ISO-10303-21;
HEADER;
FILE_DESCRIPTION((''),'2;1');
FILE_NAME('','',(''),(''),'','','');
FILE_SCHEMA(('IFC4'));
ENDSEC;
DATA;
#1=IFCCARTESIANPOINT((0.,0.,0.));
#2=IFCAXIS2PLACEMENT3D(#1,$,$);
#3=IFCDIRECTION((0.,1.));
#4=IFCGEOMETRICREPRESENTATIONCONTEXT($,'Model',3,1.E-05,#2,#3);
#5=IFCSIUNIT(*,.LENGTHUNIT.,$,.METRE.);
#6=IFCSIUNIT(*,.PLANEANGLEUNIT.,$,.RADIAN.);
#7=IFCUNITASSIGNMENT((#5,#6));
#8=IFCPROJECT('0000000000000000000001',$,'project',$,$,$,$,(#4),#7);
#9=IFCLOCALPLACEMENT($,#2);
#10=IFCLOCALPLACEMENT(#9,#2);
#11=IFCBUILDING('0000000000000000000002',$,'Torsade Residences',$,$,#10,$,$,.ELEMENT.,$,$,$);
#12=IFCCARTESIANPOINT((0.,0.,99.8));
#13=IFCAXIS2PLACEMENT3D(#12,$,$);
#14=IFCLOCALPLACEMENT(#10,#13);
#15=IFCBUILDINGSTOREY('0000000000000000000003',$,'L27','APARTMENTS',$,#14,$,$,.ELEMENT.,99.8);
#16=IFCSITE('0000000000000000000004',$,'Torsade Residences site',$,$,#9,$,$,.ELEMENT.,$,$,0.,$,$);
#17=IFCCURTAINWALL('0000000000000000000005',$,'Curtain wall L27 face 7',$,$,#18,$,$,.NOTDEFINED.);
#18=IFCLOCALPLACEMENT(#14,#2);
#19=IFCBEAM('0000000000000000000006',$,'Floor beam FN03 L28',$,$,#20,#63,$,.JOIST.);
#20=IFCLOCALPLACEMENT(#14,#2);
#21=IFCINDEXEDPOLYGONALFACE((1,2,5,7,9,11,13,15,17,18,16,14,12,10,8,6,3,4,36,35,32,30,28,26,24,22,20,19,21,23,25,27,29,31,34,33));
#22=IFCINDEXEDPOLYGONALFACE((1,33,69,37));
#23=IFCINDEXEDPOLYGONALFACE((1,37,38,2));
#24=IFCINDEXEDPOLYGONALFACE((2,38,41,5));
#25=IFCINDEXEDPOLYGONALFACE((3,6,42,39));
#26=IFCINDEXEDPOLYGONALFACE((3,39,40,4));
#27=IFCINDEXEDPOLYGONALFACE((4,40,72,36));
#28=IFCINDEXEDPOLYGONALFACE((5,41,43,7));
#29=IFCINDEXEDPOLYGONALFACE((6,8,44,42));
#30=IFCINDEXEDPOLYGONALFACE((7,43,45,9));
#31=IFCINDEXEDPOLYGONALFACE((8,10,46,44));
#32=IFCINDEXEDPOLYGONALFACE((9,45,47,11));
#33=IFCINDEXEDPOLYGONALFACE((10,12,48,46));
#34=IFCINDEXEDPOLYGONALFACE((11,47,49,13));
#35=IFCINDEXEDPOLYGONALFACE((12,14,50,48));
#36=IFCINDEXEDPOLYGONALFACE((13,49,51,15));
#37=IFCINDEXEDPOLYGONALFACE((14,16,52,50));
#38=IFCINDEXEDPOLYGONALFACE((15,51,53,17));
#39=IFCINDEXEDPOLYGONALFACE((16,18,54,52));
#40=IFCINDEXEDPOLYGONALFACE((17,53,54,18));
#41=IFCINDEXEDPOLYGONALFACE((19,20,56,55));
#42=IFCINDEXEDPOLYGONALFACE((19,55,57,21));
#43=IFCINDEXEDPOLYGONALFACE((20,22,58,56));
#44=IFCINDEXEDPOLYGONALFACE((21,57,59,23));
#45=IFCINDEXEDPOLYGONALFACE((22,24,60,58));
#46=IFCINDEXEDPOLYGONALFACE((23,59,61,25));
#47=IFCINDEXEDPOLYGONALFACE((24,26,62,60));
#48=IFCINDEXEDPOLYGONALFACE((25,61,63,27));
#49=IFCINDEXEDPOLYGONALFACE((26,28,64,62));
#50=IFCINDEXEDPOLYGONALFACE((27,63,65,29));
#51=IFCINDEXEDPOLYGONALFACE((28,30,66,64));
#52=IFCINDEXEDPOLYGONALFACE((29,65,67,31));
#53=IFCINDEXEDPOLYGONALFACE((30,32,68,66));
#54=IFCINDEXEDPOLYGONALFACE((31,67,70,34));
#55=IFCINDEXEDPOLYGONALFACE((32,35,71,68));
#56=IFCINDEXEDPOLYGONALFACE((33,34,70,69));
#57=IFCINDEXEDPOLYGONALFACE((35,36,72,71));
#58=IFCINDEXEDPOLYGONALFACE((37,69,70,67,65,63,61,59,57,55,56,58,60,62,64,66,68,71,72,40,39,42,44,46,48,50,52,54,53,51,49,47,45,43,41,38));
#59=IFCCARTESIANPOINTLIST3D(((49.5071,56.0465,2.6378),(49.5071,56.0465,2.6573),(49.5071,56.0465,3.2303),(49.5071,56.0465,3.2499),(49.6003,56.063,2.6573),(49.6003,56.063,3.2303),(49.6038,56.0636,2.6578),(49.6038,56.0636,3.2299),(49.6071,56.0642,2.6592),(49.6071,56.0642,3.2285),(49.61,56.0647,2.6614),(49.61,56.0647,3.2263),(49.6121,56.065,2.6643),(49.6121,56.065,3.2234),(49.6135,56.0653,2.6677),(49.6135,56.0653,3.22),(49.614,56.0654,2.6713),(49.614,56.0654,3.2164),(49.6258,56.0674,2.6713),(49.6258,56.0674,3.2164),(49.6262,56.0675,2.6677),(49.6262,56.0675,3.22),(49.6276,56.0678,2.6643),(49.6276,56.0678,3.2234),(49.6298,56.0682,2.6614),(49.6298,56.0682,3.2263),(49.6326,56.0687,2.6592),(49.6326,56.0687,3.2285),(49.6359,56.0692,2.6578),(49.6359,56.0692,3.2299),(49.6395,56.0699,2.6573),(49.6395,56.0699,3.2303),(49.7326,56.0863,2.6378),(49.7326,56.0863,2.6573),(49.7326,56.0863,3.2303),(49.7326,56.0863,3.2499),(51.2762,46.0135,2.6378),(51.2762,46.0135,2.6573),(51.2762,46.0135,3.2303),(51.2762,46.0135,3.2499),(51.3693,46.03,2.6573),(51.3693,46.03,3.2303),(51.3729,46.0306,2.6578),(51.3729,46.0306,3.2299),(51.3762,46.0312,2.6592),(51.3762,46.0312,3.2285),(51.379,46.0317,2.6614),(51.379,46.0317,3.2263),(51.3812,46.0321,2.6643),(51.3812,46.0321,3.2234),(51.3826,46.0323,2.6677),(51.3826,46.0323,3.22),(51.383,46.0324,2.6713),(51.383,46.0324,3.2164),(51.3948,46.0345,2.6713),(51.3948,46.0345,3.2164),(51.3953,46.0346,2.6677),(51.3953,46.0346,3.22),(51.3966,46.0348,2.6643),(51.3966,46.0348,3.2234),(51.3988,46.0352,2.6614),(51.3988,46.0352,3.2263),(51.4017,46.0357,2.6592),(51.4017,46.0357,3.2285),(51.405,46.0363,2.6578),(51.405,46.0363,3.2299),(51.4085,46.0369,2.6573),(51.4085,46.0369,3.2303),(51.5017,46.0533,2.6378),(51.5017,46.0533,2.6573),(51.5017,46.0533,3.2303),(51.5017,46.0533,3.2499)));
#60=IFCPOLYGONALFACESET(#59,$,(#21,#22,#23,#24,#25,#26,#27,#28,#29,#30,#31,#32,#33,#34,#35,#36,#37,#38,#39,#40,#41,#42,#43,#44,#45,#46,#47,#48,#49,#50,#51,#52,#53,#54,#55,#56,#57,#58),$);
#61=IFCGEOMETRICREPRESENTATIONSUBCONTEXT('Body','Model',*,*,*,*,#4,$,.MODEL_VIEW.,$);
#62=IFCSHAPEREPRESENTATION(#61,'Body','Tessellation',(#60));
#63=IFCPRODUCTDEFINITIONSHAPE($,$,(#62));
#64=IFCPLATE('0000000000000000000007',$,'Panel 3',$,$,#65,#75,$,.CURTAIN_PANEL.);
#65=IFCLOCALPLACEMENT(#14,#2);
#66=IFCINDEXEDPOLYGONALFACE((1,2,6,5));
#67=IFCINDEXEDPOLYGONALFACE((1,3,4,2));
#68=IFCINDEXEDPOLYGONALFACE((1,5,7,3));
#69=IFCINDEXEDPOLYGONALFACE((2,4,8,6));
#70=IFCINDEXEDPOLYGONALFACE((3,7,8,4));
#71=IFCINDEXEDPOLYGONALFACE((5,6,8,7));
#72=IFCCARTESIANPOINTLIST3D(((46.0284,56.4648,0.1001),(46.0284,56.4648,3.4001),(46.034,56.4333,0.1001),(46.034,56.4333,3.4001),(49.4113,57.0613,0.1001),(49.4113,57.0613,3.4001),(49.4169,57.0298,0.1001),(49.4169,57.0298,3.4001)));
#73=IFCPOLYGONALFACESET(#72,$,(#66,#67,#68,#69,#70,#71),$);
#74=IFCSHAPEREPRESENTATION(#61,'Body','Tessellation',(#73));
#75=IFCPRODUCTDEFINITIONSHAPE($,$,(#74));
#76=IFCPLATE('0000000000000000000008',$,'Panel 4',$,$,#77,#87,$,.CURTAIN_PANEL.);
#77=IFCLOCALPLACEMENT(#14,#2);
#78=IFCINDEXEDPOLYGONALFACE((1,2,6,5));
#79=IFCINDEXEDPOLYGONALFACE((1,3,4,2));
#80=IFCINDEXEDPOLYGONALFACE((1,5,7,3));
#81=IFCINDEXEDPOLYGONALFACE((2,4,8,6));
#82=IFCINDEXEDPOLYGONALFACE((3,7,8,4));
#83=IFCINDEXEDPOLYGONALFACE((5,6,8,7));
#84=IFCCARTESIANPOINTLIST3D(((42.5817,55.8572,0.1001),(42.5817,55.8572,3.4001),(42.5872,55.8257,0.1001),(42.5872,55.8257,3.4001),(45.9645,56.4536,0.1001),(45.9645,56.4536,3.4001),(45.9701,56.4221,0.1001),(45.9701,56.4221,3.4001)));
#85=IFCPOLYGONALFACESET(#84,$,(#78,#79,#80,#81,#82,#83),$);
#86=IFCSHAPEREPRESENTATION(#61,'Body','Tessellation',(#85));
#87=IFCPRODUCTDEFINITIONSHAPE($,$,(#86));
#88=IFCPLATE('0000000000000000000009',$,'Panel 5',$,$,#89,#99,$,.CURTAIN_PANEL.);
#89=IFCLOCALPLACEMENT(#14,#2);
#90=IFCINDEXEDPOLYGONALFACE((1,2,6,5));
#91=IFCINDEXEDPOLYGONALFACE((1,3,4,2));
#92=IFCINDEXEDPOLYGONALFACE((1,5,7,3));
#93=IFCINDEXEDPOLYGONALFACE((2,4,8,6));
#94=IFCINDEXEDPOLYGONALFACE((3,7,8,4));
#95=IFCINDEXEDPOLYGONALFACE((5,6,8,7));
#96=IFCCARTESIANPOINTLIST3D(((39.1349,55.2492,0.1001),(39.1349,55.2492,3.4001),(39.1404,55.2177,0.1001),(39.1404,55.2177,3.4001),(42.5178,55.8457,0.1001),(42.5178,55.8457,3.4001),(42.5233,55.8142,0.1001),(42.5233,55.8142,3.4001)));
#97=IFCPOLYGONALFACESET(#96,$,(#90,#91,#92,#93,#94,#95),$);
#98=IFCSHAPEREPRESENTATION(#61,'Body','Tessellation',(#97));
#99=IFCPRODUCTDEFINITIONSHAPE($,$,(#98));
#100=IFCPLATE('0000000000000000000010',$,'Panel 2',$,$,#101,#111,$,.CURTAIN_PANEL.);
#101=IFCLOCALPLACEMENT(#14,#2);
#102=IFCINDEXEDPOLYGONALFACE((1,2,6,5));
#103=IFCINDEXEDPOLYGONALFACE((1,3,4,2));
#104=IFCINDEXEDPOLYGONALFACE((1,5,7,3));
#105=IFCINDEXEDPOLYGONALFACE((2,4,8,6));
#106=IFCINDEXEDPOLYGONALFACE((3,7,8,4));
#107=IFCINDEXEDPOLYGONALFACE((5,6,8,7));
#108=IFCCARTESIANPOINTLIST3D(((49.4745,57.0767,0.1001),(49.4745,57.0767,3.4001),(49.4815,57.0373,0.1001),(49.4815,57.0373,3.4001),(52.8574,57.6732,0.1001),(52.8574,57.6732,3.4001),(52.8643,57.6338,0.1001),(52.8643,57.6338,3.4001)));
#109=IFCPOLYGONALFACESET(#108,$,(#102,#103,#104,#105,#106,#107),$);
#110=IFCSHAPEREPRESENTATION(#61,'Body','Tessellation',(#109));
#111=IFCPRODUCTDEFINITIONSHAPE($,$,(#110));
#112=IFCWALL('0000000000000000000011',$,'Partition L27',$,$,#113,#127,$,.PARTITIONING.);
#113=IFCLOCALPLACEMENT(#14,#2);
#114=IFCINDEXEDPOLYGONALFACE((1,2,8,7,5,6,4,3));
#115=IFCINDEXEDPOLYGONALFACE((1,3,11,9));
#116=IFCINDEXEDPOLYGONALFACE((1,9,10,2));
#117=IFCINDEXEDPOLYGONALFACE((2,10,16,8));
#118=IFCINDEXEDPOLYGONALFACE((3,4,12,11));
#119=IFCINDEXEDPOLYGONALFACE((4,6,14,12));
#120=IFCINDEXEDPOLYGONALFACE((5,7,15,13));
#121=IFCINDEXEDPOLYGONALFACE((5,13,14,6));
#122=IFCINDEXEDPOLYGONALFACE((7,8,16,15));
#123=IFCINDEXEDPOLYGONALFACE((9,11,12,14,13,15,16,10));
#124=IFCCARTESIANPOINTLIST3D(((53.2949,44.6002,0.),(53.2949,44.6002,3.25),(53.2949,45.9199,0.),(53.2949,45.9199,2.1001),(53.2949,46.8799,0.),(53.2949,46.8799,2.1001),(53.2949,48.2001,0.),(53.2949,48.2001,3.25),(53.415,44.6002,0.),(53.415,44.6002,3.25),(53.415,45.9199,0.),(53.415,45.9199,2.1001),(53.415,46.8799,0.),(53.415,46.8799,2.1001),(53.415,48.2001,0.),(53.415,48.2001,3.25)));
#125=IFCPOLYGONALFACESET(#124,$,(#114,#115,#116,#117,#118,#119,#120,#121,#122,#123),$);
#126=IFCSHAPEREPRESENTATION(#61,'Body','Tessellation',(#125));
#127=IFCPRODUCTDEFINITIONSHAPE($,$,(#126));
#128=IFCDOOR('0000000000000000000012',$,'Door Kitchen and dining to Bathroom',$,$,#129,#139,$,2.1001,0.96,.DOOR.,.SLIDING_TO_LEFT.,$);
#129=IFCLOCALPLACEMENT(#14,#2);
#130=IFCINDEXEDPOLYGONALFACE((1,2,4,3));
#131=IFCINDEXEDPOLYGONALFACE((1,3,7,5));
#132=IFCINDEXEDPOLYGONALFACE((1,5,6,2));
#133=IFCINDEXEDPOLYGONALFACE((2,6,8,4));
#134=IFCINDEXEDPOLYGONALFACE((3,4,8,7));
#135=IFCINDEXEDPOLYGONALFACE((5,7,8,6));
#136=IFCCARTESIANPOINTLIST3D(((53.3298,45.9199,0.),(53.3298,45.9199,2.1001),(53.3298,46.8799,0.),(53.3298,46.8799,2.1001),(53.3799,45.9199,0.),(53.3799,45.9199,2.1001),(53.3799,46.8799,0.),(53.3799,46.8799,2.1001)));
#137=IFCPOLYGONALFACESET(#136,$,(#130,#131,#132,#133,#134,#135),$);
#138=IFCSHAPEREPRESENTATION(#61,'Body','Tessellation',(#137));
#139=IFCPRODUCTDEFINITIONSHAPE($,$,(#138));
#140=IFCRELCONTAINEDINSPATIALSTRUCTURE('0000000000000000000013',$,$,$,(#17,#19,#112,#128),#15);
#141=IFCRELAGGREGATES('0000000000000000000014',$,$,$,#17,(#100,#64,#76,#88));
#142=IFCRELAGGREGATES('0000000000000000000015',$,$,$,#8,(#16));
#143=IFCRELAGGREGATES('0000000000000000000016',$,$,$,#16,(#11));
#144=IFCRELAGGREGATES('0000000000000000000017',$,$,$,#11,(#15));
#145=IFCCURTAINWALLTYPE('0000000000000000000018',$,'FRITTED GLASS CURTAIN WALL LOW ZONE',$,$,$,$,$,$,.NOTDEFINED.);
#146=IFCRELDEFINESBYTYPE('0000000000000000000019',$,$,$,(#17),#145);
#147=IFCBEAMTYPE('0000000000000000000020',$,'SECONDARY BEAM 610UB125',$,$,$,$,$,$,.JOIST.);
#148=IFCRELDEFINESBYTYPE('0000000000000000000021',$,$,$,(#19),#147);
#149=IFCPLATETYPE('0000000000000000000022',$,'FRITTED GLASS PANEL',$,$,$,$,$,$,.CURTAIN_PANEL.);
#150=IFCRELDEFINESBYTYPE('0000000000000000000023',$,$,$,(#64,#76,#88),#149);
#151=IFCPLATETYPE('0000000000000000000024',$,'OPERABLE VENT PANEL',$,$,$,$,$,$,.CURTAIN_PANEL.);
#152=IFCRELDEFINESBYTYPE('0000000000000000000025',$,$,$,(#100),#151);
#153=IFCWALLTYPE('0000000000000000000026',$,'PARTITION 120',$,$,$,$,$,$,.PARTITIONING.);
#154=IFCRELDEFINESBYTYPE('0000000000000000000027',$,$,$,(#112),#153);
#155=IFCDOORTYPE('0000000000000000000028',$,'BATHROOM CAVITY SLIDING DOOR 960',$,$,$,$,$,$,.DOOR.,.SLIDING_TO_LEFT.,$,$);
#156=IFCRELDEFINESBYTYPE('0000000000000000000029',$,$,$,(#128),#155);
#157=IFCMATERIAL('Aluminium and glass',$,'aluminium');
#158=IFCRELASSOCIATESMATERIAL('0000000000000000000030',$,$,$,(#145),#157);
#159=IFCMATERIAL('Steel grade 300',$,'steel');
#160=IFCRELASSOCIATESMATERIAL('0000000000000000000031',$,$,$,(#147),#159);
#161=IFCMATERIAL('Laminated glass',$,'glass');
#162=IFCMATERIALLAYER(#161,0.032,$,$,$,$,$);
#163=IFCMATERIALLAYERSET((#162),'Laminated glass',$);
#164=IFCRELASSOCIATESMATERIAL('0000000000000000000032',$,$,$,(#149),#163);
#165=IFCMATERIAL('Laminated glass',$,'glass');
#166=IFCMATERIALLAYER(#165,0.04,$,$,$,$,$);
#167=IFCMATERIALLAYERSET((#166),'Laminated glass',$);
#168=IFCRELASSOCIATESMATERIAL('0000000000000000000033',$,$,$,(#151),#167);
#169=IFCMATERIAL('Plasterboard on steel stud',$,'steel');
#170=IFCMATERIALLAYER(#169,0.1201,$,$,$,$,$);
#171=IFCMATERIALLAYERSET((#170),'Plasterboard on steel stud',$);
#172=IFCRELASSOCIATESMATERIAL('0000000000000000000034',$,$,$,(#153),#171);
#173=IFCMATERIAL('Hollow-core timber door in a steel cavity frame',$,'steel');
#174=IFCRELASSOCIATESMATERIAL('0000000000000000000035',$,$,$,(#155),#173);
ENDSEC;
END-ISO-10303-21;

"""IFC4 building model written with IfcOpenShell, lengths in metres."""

from ifc_helpers import new_model, si_unit, direction, frame, frame_2d, origin, origin_2d, place, context, subcontext, project, spatial, rectangle, i_section, extrude, material, layer, layer_set, material_profile, profile_set, type_object, element, fill, aggregate, save


model = new_model("IFC4")

# Units and contexts
model_context = context("Model", 3, precision=1e-05, world=origin(), true_north=direction((0.0, 1.0)))
body_context = subcontext(model_context, "Body", "Model", "MODEL_VIEW")
ifc_project = project(units=[si_unit("LENGTHUNIT", "METRE"), si_unit("PLANEANGLEUNIT", "RADIAN")], contexts=[model_context])

# Site, building, storey
site_placement = place(None, origin())
site = spatial("IfcSite", under=ifc_project, at=site_placement, Name="Torsade Residences site", CompositionType="ELEMENT", RefElevation=0.0)
building_placement = place(site_placement, origin())
building = spatial("IfcBuilding", under=site, at=building_placement, Name="Torsade Residences", CompositionType="ELEMENT")
storey_placement = place(building_placement, frame((0.0, 0.0, 99.8)))
storey = spatial("IfcBuildingStorey", under=building, at=storey_placement, Name="L27", Description="APARTMENTS", CompositionType="ELEMENT", Elevation=99.8)

# Curtain wall
ifc_material_1 = material(Name="Aluminium and glass", Category="aluminium")
curtain_wall_type = type_object("IfcCurtainWallType", Name="FRITTED GLASS CURTAIN WALL LOW ZONE", PredefinedType="NOTDEFINED", material=ifc_material_1)
curtain_wall_placement = place(storey_placement, origin())
curtain_wall = element("IfcCurtainWall", 1, at=curtain_wall_placement, inside=storey, type_object=curtain_wall_type, Name="Curtain wall L27 face 7", PredefinedType="NOTDEFINED")

# Beam
ifc_material_2 = material(Name="Steel grade 300", Category="steel")
ifc_material_profile_1 = material_profile(ifc_material_2, i_section(OverallWidth=0.229, OverallDepth=0.6121, WebThickness=0.012, FlangeThickness=0.0195, FilletRadius=0.0139, at=origin_2d()), Name="610UB125")
ifc_profile_set_1 = profile_set([ifc_material_profile_1], Name="Steel grade 300")
beam_type_1 = type_object("IfcBeamType", Name="SECONDARY BEAM 610UB125", PredefinedType="JOIST", material=ifc_profile_set_1)
beam_1_placement = place(storey_placement, frame((49.6199, 56.0664, 2.9438), z_axis=(0.173645, -0.984808, 0.0), x_axis=(0.984808, 0.173645, 0.0)))
element("IfcBeam", 2, at=beam_1_placement, inside=storey, type_object=beam_type_1, Name="Floor beam FN03 L28", PredefinedType="JOIST", context=body_context, shape_type="SweptSolid", body=[
    extrude(i_section(OverallWidth=0.229, OverallDepth=0.6121, WebThickness=0.012, FlangeThickness=0.0195, FilletRadius=0.0139, at=origin_2d()), origin(), (0.0, 0.0, 1.0), 10.1877),
])

# Plates
ifc_material_3 = material(Name="Laminated glass", Category="glass")
ifc_layer_1 = layer(ifc_material_3, 0.032)
ifc_layer_set_1 = layer_set([ifc_layer_1], Name="Laminated glass")
plate_type_1 = type_object("IfcPlateType", Name="FRITTED GLASS PANEL", PredefinedType="CURTAIN_PANEL", material=ifc_layer_set_1)
plate_1_placement = place(storey_placement, frame((47.7227, 56.7473, 0.1001), z_axis=(0.0, 0.0, 1.0), x_axis=(-0.984808, -0.173648, 0.0)))
plate_1 = element("IfcPlate", 3, at=plate_1_placement, type_object=plate_type_1, Name="Panel 3", PredefinedType="CURTAIN_PANEL", context=body_context, shape_type="SweptSolid", body=[
    extrude(rectangle(XDim=3.4351, YDim=0.032, at=origin_2d()), origin(), (0.0, 0.0, 1.0), 3.3),
])
plate_2_placement = place(storey_placement, frame((44.2759, 56.1396, 0.1001), z_axis=(0.0, 0.0, 1.0), x_axis=(-0.984808, -0.173648, 0.0)))
plate_2 = element("IfcPlate", 4, at=plate_2_placement, type_object=plate_type_1, Name="Panel 4", PredefinedType="CURTAIN_PANEL", context=body_context, shape_type="SweptSolid", body=[
    extrude(rectangle(XDim=3.4351, YDim=0.032, at=origin_2d()), origin(), (0.0, 0.0, 1.0), 3.3),
])
plate_3_placement = place(storey_placement, frame((40.8291, 55.5317, 0.1001), z_axis=(0.0, 0.0, 1.0), x_axis=(-0.984808, -0.173648, 0.0)))
plate_3 = element("IfcPlate", 5, at=plate_3_placement, type_object=plate_type_1, Name="Panel 5", PredefinedType="CURTAIN_PANEL", context=body_context, shape_type="SweptSolid", body=[
    extrude(rectangle(XDim=3.4351, YDim=0.032, at=origin_2d()), origin(), (0.0, 0.0, 1.0), 3.3),
])
ifc_material_4 = material(Name="Laminated glass", Category="glass")
ifc_layer_2 = layer(ifc_material_4, 0.04)
ifc_layer_set_2 = layer_set([ifc_layer_2], Name="Laminated glass")
plate_type_2 = type_object("IfcPlateType", Name="OPERABLE VENT PANEL", PredefinedType="CURTAIN_PANEL", material=ifc_layer_set_2)
plate_4_placement = place(storey_placement, frame((51.1694, 57.3552, 0.1001), z_axis=(0.0, 0.0, 1.0), x_axis=(-0.984808, -0.173648, 0.0)))
plate_4 = element("IfcPlate", 6, at=plate_4_placement, type_object=plate_type_2, Name="Panel 2", PredefinedType="CURTAIN_PANEL", context=body_context, shape_type="SweptSolid", body=[
    extrude(rectangle(XDim=3.4351, YDim=0.04, at=origin_2d()), origin(), (0.0, 0.0, 1.0), 3.3),
])
aggregate(curtain_wall, [plate_4, plate_1, plate_2, plate_3])

# Wall, opening, door
ifc_material_5 = material(Name="Plasterboard on steel stud", Category="steel")
ifc_layer_3 = layer(ifc_material_5, 0.1201)
ifc_layer_set_3 = layer_set([ifc_layer_3], Name="Plasterboard on steel stud")
wall_type_1 = type_object("IfcWallType", Name="PARTITION 120", PredefinedType="PARTITIONING", material=ifc_layer_set_3)
wall_1_placement = place(storey_placement, frame((53.355, 48.2, 0.0), z_axis=(0.0, 0.0, 1.0), x_axis=(0.0, -1.0, 0.0)))
wall_1 = element("IfcWall", 7, at=wall_1_placement, inside=storey, type_object=wall_type_1, Name="Partition L27", PredefinedType="PARTITIONING", context=body_context, shape_type="SweptSolid", body=[
    extrude(rectangle(XDim=3.5999, YDim=0.1201, at=frame_2d((1.7998, 0.0))), origin(), (0.0, 0.0, 1.0), 3.25),
])
opening_1_placement = place(wall_1_placement, frame((1.3201, 0.0, 0.0)))
opening_1 = element("IfcOpeningElement", 8, at=opening_1_placement, cuts=wall_1, PredefinedType="OPENING", context=body_context, shape_type="SweptSolid", body=[
    extrude(rectangle(XDim=0.96, YDim=2.1001, at=frame_2d((0.48, 1.05))), frame((0.0, 0.0701, 0.0), z_axis=(0.0, -1.0, 0.0), x_axis=(1.0, 0.0, 0.0)), (0.0, 0.0, 1.0), 0.1401),
])
ifc_material_6 = material(Name="Hollow-core timber door in a steel cavity frame", Category="steel")
door_type_1 = type_object("IfcDoorType", Name="BATHROOM CAVITY SLIDING DOOR 960", OperationType="SLIDING_TO_LEFT", PredefinedType="DOOR", material=ifc_material_6)
door_1_placement = place(opening_1_placement, origin())
door_1 = element("IfcDoor", 9, at=door_1_placement, inside=storey, type_object=door_type_1, Name="Door Kitchen and dining to Bathroom", OperationType="SLIDING_TO_LEFT", OverallHeight=2.1001, OverallWidth=0.96, PredefinedType="DOOR", context=body_context, shape_type="SweptSolid", body=[
    extrude(rectangle(XDim=0.96, YDim=2.1001, at=frame_2d((0.48, 1.05))), frame((0.0, 0.0249, 0.0), z_axis=(0.0, -1.0, 0.0), x_axis=(1.0, 0.0, 0.0)), (0.0, 0.0, 1.0), 0.05),
])
fill(opening_1, door_1)

save(model, "model.ifc")
